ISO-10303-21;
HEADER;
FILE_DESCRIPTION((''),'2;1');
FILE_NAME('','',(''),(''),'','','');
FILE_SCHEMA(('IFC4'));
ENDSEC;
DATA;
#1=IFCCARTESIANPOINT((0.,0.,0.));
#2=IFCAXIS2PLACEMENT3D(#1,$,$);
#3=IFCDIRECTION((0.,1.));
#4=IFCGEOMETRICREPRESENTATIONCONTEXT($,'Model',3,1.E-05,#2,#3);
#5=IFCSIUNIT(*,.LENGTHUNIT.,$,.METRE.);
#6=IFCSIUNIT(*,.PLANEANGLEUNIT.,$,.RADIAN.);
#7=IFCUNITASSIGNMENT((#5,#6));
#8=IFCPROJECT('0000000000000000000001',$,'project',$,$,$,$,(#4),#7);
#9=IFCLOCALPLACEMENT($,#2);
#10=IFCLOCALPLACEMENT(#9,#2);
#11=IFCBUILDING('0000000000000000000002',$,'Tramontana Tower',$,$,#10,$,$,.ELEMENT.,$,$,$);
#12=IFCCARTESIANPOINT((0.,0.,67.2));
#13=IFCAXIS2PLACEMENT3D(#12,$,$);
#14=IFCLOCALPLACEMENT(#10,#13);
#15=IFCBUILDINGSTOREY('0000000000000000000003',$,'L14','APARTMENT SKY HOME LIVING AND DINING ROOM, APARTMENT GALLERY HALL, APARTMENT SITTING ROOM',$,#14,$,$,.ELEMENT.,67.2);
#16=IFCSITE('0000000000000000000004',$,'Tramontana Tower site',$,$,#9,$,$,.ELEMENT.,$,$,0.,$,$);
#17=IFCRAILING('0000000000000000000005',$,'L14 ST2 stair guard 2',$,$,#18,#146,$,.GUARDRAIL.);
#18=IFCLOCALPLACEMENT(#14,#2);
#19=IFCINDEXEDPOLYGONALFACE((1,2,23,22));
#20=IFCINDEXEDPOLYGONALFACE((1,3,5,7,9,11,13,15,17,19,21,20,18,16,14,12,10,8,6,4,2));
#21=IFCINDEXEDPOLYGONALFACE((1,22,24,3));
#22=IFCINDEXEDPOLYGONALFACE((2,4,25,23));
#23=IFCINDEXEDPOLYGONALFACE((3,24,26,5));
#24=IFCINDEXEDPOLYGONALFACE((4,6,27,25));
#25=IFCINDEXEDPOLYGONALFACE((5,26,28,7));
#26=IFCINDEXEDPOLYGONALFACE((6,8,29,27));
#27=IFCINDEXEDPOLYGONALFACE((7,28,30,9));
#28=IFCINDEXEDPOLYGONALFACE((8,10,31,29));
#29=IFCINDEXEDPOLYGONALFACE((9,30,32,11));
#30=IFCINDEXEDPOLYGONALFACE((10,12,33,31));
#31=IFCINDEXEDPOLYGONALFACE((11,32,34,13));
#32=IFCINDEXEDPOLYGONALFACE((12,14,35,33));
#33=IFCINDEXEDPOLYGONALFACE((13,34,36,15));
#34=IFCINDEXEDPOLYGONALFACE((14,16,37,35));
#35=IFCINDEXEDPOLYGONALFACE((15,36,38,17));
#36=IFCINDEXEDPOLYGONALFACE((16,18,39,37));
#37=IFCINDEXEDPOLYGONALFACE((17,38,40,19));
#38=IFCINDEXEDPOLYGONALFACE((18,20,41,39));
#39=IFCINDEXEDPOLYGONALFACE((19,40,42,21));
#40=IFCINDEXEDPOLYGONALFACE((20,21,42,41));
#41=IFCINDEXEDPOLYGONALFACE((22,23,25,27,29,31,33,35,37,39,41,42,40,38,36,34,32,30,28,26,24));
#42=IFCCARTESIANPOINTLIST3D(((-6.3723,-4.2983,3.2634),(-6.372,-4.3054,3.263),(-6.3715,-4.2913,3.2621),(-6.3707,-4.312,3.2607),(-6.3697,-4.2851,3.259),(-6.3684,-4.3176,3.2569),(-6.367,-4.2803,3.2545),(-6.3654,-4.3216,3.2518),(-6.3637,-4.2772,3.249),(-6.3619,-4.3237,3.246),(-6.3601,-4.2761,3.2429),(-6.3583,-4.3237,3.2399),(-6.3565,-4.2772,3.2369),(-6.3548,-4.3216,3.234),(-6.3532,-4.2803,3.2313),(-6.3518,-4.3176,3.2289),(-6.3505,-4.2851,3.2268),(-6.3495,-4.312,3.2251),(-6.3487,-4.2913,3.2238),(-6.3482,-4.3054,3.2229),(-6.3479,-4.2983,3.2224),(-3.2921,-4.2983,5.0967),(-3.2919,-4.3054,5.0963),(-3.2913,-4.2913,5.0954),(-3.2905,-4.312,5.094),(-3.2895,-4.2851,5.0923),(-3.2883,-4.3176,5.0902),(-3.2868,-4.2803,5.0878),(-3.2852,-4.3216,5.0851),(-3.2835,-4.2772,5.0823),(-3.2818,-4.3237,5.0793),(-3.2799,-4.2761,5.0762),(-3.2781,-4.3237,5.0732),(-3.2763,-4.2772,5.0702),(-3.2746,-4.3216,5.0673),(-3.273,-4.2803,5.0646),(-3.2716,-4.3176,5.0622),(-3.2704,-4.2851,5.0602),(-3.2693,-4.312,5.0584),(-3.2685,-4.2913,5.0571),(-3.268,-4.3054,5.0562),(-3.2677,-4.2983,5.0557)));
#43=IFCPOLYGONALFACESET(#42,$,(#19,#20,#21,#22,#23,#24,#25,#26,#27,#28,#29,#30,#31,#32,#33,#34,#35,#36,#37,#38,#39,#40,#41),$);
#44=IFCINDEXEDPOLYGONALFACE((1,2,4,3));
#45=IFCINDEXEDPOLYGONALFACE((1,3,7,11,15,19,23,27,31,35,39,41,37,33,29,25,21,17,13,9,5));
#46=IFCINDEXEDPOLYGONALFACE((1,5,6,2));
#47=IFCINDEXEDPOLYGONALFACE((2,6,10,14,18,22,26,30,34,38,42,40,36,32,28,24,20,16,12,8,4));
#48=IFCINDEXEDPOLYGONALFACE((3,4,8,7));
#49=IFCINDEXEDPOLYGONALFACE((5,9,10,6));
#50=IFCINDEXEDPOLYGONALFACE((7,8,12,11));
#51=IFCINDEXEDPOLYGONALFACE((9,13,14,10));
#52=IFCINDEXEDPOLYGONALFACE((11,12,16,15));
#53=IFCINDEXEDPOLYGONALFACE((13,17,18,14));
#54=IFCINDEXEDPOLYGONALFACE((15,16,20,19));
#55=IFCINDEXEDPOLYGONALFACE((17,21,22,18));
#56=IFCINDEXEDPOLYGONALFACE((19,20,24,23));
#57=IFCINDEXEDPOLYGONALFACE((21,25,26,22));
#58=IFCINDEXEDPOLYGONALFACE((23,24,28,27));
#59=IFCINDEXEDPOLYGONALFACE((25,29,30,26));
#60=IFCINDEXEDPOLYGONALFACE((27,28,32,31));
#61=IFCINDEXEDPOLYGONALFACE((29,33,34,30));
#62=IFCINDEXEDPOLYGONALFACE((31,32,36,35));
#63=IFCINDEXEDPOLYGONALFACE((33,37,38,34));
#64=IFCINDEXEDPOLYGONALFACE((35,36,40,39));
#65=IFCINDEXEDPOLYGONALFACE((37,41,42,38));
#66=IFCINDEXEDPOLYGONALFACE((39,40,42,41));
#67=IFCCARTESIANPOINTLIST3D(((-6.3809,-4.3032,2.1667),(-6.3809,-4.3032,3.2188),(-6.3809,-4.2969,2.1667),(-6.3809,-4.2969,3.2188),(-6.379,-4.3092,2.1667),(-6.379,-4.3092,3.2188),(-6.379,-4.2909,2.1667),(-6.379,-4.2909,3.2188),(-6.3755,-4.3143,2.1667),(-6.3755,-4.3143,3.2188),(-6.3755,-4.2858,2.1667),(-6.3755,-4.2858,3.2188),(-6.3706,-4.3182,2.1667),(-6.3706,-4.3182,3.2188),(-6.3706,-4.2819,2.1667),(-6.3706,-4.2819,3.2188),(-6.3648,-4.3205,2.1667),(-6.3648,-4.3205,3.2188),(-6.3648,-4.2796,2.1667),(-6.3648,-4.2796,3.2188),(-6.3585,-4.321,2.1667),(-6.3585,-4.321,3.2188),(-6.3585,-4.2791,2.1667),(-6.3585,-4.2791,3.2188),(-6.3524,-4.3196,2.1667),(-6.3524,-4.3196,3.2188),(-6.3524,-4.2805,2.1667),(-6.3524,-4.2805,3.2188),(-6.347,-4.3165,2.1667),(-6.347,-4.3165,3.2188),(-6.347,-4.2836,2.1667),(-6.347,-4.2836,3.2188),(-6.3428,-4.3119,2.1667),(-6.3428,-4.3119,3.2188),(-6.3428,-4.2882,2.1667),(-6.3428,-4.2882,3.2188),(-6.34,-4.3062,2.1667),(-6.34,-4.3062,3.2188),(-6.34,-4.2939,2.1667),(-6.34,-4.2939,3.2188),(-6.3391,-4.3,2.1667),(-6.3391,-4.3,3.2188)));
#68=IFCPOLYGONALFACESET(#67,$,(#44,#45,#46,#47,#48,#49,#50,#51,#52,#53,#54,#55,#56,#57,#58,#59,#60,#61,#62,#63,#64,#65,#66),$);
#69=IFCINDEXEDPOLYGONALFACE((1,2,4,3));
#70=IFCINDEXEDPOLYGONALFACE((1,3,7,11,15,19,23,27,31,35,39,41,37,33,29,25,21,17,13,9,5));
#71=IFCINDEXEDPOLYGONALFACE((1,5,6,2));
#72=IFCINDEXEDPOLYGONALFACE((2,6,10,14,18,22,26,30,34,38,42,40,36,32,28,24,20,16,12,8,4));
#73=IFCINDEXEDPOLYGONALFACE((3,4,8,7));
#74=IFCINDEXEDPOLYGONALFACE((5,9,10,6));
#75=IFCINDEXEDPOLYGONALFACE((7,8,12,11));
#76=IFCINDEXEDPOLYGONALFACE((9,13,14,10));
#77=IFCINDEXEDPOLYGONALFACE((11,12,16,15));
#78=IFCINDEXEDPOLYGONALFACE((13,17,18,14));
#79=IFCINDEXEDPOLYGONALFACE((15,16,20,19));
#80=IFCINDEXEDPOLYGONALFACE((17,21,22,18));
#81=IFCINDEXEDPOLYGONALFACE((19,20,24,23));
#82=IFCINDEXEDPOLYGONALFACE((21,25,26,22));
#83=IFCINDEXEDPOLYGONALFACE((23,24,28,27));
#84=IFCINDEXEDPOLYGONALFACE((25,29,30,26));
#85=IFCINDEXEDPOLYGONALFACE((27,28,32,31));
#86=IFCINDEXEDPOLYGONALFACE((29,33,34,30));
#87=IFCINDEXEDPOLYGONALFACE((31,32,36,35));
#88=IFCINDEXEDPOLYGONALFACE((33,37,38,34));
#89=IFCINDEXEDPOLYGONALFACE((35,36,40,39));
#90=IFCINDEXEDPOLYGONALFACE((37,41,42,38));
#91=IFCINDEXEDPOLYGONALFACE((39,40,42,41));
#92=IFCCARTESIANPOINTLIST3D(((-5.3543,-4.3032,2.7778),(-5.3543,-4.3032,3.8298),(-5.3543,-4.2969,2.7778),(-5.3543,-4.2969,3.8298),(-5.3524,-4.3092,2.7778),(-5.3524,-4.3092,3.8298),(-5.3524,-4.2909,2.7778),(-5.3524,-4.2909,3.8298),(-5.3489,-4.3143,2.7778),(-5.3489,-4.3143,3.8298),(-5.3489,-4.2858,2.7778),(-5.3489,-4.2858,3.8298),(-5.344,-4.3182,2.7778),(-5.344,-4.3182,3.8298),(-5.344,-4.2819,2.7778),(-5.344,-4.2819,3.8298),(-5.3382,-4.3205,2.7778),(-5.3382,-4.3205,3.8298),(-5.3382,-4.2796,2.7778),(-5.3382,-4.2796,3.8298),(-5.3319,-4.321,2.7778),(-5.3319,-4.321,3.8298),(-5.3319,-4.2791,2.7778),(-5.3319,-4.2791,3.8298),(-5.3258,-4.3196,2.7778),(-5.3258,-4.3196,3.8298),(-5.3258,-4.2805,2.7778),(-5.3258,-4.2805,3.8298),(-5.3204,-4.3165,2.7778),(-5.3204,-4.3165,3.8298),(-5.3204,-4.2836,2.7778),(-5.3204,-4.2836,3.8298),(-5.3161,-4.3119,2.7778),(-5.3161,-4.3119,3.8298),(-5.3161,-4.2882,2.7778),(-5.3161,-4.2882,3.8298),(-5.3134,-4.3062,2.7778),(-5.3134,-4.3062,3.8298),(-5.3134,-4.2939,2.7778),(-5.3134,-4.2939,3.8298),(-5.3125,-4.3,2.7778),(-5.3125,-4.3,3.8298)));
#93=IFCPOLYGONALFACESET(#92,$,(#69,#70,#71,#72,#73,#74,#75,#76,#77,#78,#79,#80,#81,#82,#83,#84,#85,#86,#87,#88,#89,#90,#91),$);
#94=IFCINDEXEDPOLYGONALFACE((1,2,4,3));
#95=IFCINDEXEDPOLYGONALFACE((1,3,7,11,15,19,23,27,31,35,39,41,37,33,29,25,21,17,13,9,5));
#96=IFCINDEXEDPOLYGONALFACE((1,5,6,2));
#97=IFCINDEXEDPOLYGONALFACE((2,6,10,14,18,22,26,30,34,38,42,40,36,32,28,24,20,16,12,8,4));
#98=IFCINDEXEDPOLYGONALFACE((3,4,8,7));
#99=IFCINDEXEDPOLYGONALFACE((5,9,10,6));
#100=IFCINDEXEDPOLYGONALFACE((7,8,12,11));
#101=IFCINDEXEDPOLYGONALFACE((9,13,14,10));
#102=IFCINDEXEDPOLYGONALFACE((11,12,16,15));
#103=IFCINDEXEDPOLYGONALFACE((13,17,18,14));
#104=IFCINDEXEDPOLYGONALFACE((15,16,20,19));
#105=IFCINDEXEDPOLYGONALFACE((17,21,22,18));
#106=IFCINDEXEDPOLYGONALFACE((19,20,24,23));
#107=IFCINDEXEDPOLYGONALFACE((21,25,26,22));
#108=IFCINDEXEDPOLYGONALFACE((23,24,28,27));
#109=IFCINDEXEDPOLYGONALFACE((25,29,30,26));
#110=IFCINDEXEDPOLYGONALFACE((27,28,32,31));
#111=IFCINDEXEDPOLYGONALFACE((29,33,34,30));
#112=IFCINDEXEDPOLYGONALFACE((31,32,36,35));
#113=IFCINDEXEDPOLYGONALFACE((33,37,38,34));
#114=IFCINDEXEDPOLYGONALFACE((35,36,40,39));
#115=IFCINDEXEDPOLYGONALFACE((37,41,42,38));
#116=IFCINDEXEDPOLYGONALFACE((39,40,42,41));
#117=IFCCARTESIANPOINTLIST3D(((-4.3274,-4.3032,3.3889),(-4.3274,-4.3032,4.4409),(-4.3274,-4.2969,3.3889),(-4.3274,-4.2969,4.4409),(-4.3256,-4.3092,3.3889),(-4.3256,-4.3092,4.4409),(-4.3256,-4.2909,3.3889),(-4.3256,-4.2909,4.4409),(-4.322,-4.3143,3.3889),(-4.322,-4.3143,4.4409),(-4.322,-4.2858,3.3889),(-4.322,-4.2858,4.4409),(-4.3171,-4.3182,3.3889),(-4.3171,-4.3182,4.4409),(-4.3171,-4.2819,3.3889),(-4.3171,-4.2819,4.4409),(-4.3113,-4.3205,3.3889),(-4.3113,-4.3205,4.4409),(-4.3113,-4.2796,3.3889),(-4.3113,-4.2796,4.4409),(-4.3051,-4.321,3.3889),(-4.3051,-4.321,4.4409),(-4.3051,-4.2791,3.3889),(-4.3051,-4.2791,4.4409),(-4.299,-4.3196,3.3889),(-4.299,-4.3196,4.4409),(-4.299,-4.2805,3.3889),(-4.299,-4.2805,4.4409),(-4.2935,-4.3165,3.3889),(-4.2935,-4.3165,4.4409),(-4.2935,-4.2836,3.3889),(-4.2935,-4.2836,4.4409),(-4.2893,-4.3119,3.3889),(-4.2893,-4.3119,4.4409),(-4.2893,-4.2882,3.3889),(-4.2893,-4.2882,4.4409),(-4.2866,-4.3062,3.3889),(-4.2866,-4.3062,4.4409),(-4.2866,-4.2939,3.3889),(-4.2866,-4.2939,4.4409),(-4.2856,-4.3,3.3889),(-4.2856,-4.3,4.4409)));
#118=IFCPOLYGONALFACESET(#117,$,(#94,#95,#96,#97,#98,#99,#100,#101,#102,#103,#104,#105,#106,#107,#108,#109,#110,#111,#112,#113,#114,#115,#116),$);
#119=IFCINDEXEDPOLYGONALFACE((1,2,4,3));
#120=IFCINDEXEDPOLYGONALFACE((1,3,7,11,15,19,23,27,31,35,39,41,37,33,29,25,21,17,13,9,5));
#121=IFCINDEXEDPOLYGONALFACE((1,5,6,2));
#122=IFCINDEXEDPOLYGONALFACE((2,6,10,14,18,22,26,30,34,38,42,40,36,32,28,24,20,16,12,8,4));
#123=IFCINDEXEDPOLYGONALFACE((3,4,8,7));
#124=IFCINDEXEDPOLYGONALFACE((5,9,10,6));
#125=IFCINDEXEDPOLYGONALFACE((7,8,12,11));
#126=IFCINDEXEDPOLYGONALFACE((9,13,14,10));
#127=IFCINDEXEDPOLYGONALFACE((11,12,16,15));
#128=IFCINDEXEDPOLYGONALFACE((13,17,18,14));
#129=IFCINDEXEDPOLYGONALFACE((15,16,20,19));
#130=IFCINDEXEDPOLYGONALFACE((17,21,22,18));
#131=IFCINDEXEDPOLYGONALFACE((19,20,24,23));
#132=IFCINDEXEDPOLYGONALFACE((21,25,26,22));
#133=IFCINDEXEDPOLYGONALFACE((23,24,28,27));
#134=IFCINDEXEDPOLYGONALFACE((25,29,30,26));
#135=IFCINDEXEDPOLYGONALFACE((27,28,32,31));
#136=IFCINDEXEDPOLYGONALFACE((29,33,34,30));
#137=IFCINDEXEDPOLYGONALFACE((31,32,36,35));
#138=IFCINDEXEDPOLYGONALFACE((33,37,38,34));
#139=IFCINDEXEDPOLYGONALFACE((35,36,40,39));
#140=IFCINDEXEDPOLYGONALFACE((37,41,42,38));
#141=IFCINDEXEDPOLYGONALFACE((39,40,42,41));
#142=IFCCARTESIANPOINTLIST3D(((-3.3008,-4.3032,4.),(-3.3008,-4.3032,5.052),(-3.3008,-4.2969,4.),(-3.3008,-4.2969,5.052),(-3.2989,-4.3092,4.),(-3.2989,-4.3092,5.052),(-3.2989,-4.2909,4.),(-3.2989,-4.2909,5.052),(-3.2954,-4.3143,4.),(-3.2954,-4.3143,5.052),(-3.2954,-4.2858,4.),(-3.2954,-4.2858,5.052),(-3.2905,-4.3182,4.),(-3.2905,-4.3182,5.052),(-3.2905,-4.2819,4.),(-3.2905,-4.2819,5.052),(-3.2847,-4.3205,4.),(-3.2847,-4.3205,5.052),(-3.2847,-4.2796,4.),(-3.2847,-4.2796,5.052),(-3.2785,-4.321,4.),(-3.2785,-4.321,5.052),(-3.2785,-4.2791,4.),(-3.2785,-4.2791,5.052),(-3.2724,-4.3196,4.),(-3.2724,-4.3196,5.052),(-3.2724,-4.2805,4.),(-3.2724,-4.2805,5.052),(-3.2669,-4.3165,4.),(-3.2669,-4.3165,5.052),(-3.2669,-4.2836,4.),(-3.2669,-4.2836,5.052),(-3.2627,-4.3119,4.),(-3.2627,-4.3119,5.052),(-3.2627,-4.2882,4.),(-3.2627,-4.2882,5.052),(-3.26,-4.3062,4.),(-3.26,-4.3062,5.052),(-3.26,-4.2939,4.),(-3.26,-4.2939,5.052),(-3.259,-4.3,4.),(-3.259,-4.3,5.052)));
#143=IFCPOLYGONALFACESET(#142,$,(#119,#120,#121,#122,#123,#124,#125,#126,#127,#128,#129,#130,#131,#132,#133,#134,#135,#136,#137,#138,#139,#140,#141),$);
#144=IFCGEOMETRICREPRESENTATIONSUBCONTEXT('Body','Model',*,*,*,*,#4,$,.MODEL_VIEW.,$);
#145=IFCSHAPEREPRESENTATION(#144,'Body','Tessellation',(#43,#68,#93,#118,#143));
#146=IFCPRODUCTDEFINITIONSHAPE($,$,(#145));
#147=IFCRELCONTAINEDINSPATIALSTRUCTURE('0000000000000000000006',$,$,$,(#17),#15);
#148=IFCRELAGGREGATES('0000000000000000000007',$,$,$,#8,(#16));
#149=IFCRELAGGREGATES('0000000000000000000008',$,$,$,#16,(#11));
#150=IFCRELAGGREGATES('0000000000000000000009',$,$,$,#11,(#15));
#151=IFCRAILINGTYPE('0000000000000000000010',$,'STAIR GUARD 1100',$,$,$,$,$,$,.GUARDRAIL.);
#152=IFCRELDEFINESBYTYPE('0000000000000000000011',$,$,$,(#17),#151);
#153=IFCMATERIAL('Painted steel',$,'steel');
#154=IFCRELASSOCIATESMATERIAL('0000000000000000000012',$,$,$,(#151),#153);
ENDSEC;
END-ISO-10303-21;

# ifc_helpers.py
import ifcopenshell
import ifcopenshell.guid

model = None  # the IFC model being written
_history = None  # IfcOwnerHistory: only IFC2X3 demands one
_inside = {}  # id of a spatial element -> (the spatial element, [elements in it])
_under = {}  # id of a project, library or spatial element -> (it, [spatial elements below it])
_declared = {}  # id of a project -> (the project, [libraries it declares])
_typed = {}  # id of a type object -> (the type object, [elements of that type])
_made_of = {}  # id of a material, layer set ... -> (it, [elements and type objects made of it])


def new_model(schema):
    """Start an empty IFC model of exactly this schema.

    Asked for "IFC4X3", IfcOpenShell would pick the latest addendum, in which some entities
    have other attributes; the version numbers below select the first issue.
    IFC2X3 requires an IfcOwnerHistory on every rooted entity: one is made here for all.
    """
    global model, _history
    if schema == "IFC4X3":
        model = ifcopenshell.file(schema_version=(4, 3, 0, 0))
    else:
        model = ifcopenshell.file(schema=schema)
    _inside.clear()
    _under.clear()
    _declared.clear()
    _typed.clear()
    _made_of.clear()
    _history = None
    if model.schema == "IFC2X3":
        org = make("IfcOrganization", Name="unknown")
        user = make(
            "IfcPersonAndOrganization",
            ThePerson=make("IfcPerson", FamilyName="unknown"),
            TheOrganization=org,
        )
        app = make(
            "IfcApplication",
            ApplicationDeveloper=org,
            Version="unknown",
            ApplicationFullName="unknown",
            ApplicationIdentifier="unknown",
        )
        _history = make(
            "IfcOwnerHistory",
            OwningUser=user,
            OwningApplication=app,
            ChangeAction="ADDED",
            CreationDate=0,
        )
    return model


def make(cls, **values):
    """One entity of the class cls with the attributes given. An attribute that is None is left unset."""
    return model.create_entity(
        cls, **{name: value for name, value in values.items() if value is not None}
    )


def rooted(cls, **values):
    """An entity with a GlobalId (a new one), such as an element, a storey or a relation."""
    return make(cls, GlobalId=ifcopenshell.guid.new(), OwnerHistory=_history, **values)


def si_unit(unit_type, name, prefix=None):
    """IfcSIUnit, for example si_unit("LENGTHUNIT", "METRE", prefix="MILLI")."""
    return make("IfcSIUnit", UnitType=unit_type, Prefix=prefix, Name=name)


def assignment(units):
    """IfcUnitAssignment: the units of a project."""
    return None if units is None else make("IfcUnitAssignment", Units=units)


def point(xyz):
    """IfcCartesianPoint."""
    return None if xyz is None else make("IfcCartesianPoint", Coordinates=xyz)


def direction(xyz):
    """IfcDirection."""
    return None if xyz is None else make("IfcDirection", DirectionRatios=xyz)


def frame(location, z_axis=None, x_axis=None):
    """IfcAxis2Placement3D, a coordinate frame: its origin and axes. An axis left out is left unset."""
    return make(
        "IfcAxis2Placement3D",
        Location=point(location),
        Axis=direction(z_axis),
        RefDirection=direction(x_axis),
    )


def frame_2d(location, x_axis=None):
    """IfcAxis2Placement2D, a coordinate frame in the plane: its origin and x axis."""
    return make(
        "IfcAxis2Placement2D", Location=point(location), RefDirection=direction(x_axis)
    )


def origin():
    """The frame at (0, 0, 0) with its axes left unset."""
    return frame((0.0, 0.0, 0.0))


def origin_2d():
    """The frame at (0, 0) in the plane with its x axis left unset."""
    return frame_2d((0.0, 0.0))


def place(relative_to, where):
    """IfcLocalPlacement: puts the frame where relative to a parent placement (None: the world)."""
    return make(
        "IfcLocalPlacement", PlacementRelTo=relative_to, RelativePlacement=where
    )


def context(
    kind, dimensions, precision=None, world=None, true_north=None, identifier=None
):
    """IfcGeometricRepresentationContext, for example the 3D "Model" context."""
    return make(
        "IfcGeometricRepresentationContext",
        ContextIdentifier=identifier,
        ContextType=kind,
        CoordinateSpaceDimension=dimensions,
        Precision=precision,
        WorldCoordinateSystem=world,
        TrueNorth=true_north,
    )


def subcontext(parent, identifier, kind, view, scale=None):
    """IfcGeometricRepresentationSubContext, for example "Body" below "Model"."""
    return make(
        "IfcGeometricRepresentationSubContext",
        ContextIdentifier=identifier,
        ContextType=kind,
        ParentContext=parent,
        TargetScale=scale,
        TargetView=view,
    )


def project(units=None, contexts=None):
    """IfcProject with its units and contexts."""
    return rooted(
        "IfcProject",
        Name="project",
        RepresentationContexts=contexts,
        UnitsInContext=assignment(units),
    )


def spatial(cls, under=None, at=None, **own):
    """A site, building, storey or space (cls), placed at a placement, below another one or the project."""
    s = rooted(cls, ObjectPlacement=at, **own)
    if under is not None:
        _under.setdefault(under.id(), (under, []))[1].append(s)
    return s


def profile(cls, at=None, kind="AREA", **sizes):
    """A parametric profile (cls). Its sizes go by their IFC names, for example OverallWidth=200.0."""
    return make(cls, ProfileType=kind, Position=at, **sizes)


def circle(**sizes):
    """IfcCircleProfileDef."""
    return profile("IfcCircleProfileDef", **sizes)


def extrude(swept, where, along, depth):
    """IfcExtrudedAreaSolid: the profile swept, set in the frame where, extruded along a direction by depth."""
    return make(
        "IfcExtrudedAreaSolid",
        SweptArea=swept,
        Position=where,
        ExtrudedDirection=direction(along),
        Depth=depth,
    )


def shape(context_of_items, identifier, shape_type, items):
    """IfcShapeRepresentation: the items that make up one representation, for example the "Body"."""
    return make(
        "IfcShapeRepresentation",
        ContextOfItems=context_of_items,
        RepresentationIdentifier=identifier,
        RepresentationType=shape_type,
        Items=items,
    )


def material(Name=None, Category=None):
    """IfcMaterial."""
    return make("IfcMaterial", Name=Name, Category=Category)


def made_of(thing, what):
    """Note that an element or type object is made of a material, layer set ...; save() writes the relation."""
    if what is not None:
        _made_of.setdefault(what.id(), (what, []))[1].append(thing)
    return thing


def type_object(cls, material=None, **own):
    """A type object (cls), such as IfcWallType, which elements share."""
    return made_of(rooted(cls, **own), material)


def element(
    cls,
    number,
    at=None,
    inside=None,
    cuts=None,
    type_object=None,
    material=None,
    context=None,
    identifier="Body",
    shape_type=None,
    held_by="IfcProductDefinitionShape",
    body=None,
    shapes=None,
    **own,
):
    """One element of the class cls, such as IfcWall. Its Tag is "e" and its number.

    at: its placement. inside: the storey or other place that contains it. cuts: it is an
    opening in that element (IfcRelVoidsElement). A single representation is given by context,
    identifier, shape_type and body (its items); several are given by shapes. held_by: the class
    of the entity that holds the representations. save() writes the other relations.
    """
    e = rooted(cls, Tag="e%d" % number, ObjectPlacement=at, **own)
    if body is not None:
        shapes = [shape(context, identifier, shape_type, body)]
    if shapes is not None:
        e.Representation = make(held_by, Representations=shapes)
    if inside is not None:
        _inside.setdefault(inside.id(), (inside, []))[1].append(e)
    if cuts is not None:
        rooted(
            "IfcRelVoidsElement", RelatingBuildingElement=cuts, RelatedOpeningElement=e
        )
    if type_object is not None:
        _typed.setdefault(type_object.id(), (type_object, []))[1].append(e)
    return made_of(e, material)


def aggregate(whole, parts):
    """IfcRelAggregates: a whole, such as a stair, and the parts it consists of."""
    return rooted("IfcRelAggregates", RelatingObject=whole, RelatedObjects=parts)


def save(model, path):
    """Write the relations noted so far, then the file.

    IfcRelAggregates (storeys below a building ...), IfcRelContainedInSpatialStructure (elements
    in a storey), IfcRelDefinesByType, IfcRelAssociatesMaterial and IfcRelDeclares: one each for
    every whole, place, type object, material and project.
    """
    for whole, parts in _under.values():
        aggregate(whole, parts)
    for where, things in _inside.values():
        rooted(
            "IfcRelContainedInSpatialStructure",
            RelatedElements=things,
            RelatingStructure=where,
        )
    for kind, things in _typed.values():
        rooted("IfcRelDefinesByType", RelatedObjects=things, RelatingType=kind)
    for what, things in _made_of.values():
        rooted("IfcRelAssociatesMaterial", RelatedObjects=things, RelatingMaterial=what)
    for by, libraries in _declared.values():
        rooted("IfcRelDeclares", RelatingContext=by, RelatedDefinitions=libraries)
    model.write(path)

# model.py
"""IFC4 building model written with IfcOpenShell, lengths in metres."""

from ifc_helpers import new_model, si_unit, direction, frame, origin, origin_2d, place, context, subcontext, project, spatial, circle, extrude, material, type_object, element, save


model = new_model("IFC4")

# Units and contexts
model_context = context("Model", 3, precision=1e-05, world=origin(), true_north=direction((0.0, 1.0)))
body_context = subcontext(model_context, "Body", "Model", "MODEL_VIEW")
ifc_project = project(units=[si_unit("LENGTHUNIT", "METRE"), si_unit("PLANEANGLEUNIT", "RADIAN")], contexts=[model_context])

# Site, building, storey
site_placement = place(None, origin())
site = spatial("IfcSite", under=ifc_project, at=site_placement, Name="Tramontana Tower site", CompositionType="ELEMENT", RefElevation=0.0)
building_placement = place(site_placement, origin())
building = spatial("IfcBuilding", under=site, at=building_placement, Name="Tramontana Tower", CompositionType="ELEMENT")
storey_placement = place(building_placement, frame((0.0, 0.0, 67.2)))
storey = spatial("IfcBuildingStorey", under=building, at=storey_placement, Name="L14", Description="APARTMENT SKY HOME LIVING AND DINING ROOM, APARTMENT GALLERY HALL, APARTMENT SITTING ROOM", CompositionType="ELEMENT", Elevation=67.2)

# Railing
ifc_material_1 = material(Name="Painted steel", Category="steel")
railing_type_1 = type_object("IfcRailingType", Name="STAIR GUARD 1100", PredefinedType="GUARDRAIL", material=ifc_material_1)
railing_1_placement = place(storey_placement, frame((-6.3601, -4.3, 2.1667)))
element("IfcRailing", 1, at=railing_1_placement, inside=storey, type_object=railing_type_1, Name="L14 ST2 stair guard 2", PredefinedType="GUARDRAIL", context=body_context, shape_type="SweptSolid", body=[
    extrude(circle(Radius=0.0239, at=origin_2d()), frame((0.0, 0.0, 1.0762), z_axis=(0.859309, 0.0, 0.511458), x_axis=(0.0, 1.0, 0.0)), (0.0, 0.0, 1.0), 3.5845),
    extrude(circle(Radius=0.021, at=origin_2d()), origin(), (0.0, 0.0, 1.0), 1.052),
    extrude(circle(Radius=0.021, at=origin_2d()), frame((1.0266, 0.0, 0.6111)), (0.0, 0.0, 1.0), 1.052),
    extrude(circle(Radius=0.021, at=origin_2d()), frame((2.0535, 0.0, 1.2222)), (0.0, 0.0, 1.0), 1.052),
    extrude(circle(Radius=0.021, at=origin_2d()), frame((3.0801, 0.0, 1.8333)), (0.0, 0.0, 1.0), 1.052),
])

save(model, "model.ifc")
